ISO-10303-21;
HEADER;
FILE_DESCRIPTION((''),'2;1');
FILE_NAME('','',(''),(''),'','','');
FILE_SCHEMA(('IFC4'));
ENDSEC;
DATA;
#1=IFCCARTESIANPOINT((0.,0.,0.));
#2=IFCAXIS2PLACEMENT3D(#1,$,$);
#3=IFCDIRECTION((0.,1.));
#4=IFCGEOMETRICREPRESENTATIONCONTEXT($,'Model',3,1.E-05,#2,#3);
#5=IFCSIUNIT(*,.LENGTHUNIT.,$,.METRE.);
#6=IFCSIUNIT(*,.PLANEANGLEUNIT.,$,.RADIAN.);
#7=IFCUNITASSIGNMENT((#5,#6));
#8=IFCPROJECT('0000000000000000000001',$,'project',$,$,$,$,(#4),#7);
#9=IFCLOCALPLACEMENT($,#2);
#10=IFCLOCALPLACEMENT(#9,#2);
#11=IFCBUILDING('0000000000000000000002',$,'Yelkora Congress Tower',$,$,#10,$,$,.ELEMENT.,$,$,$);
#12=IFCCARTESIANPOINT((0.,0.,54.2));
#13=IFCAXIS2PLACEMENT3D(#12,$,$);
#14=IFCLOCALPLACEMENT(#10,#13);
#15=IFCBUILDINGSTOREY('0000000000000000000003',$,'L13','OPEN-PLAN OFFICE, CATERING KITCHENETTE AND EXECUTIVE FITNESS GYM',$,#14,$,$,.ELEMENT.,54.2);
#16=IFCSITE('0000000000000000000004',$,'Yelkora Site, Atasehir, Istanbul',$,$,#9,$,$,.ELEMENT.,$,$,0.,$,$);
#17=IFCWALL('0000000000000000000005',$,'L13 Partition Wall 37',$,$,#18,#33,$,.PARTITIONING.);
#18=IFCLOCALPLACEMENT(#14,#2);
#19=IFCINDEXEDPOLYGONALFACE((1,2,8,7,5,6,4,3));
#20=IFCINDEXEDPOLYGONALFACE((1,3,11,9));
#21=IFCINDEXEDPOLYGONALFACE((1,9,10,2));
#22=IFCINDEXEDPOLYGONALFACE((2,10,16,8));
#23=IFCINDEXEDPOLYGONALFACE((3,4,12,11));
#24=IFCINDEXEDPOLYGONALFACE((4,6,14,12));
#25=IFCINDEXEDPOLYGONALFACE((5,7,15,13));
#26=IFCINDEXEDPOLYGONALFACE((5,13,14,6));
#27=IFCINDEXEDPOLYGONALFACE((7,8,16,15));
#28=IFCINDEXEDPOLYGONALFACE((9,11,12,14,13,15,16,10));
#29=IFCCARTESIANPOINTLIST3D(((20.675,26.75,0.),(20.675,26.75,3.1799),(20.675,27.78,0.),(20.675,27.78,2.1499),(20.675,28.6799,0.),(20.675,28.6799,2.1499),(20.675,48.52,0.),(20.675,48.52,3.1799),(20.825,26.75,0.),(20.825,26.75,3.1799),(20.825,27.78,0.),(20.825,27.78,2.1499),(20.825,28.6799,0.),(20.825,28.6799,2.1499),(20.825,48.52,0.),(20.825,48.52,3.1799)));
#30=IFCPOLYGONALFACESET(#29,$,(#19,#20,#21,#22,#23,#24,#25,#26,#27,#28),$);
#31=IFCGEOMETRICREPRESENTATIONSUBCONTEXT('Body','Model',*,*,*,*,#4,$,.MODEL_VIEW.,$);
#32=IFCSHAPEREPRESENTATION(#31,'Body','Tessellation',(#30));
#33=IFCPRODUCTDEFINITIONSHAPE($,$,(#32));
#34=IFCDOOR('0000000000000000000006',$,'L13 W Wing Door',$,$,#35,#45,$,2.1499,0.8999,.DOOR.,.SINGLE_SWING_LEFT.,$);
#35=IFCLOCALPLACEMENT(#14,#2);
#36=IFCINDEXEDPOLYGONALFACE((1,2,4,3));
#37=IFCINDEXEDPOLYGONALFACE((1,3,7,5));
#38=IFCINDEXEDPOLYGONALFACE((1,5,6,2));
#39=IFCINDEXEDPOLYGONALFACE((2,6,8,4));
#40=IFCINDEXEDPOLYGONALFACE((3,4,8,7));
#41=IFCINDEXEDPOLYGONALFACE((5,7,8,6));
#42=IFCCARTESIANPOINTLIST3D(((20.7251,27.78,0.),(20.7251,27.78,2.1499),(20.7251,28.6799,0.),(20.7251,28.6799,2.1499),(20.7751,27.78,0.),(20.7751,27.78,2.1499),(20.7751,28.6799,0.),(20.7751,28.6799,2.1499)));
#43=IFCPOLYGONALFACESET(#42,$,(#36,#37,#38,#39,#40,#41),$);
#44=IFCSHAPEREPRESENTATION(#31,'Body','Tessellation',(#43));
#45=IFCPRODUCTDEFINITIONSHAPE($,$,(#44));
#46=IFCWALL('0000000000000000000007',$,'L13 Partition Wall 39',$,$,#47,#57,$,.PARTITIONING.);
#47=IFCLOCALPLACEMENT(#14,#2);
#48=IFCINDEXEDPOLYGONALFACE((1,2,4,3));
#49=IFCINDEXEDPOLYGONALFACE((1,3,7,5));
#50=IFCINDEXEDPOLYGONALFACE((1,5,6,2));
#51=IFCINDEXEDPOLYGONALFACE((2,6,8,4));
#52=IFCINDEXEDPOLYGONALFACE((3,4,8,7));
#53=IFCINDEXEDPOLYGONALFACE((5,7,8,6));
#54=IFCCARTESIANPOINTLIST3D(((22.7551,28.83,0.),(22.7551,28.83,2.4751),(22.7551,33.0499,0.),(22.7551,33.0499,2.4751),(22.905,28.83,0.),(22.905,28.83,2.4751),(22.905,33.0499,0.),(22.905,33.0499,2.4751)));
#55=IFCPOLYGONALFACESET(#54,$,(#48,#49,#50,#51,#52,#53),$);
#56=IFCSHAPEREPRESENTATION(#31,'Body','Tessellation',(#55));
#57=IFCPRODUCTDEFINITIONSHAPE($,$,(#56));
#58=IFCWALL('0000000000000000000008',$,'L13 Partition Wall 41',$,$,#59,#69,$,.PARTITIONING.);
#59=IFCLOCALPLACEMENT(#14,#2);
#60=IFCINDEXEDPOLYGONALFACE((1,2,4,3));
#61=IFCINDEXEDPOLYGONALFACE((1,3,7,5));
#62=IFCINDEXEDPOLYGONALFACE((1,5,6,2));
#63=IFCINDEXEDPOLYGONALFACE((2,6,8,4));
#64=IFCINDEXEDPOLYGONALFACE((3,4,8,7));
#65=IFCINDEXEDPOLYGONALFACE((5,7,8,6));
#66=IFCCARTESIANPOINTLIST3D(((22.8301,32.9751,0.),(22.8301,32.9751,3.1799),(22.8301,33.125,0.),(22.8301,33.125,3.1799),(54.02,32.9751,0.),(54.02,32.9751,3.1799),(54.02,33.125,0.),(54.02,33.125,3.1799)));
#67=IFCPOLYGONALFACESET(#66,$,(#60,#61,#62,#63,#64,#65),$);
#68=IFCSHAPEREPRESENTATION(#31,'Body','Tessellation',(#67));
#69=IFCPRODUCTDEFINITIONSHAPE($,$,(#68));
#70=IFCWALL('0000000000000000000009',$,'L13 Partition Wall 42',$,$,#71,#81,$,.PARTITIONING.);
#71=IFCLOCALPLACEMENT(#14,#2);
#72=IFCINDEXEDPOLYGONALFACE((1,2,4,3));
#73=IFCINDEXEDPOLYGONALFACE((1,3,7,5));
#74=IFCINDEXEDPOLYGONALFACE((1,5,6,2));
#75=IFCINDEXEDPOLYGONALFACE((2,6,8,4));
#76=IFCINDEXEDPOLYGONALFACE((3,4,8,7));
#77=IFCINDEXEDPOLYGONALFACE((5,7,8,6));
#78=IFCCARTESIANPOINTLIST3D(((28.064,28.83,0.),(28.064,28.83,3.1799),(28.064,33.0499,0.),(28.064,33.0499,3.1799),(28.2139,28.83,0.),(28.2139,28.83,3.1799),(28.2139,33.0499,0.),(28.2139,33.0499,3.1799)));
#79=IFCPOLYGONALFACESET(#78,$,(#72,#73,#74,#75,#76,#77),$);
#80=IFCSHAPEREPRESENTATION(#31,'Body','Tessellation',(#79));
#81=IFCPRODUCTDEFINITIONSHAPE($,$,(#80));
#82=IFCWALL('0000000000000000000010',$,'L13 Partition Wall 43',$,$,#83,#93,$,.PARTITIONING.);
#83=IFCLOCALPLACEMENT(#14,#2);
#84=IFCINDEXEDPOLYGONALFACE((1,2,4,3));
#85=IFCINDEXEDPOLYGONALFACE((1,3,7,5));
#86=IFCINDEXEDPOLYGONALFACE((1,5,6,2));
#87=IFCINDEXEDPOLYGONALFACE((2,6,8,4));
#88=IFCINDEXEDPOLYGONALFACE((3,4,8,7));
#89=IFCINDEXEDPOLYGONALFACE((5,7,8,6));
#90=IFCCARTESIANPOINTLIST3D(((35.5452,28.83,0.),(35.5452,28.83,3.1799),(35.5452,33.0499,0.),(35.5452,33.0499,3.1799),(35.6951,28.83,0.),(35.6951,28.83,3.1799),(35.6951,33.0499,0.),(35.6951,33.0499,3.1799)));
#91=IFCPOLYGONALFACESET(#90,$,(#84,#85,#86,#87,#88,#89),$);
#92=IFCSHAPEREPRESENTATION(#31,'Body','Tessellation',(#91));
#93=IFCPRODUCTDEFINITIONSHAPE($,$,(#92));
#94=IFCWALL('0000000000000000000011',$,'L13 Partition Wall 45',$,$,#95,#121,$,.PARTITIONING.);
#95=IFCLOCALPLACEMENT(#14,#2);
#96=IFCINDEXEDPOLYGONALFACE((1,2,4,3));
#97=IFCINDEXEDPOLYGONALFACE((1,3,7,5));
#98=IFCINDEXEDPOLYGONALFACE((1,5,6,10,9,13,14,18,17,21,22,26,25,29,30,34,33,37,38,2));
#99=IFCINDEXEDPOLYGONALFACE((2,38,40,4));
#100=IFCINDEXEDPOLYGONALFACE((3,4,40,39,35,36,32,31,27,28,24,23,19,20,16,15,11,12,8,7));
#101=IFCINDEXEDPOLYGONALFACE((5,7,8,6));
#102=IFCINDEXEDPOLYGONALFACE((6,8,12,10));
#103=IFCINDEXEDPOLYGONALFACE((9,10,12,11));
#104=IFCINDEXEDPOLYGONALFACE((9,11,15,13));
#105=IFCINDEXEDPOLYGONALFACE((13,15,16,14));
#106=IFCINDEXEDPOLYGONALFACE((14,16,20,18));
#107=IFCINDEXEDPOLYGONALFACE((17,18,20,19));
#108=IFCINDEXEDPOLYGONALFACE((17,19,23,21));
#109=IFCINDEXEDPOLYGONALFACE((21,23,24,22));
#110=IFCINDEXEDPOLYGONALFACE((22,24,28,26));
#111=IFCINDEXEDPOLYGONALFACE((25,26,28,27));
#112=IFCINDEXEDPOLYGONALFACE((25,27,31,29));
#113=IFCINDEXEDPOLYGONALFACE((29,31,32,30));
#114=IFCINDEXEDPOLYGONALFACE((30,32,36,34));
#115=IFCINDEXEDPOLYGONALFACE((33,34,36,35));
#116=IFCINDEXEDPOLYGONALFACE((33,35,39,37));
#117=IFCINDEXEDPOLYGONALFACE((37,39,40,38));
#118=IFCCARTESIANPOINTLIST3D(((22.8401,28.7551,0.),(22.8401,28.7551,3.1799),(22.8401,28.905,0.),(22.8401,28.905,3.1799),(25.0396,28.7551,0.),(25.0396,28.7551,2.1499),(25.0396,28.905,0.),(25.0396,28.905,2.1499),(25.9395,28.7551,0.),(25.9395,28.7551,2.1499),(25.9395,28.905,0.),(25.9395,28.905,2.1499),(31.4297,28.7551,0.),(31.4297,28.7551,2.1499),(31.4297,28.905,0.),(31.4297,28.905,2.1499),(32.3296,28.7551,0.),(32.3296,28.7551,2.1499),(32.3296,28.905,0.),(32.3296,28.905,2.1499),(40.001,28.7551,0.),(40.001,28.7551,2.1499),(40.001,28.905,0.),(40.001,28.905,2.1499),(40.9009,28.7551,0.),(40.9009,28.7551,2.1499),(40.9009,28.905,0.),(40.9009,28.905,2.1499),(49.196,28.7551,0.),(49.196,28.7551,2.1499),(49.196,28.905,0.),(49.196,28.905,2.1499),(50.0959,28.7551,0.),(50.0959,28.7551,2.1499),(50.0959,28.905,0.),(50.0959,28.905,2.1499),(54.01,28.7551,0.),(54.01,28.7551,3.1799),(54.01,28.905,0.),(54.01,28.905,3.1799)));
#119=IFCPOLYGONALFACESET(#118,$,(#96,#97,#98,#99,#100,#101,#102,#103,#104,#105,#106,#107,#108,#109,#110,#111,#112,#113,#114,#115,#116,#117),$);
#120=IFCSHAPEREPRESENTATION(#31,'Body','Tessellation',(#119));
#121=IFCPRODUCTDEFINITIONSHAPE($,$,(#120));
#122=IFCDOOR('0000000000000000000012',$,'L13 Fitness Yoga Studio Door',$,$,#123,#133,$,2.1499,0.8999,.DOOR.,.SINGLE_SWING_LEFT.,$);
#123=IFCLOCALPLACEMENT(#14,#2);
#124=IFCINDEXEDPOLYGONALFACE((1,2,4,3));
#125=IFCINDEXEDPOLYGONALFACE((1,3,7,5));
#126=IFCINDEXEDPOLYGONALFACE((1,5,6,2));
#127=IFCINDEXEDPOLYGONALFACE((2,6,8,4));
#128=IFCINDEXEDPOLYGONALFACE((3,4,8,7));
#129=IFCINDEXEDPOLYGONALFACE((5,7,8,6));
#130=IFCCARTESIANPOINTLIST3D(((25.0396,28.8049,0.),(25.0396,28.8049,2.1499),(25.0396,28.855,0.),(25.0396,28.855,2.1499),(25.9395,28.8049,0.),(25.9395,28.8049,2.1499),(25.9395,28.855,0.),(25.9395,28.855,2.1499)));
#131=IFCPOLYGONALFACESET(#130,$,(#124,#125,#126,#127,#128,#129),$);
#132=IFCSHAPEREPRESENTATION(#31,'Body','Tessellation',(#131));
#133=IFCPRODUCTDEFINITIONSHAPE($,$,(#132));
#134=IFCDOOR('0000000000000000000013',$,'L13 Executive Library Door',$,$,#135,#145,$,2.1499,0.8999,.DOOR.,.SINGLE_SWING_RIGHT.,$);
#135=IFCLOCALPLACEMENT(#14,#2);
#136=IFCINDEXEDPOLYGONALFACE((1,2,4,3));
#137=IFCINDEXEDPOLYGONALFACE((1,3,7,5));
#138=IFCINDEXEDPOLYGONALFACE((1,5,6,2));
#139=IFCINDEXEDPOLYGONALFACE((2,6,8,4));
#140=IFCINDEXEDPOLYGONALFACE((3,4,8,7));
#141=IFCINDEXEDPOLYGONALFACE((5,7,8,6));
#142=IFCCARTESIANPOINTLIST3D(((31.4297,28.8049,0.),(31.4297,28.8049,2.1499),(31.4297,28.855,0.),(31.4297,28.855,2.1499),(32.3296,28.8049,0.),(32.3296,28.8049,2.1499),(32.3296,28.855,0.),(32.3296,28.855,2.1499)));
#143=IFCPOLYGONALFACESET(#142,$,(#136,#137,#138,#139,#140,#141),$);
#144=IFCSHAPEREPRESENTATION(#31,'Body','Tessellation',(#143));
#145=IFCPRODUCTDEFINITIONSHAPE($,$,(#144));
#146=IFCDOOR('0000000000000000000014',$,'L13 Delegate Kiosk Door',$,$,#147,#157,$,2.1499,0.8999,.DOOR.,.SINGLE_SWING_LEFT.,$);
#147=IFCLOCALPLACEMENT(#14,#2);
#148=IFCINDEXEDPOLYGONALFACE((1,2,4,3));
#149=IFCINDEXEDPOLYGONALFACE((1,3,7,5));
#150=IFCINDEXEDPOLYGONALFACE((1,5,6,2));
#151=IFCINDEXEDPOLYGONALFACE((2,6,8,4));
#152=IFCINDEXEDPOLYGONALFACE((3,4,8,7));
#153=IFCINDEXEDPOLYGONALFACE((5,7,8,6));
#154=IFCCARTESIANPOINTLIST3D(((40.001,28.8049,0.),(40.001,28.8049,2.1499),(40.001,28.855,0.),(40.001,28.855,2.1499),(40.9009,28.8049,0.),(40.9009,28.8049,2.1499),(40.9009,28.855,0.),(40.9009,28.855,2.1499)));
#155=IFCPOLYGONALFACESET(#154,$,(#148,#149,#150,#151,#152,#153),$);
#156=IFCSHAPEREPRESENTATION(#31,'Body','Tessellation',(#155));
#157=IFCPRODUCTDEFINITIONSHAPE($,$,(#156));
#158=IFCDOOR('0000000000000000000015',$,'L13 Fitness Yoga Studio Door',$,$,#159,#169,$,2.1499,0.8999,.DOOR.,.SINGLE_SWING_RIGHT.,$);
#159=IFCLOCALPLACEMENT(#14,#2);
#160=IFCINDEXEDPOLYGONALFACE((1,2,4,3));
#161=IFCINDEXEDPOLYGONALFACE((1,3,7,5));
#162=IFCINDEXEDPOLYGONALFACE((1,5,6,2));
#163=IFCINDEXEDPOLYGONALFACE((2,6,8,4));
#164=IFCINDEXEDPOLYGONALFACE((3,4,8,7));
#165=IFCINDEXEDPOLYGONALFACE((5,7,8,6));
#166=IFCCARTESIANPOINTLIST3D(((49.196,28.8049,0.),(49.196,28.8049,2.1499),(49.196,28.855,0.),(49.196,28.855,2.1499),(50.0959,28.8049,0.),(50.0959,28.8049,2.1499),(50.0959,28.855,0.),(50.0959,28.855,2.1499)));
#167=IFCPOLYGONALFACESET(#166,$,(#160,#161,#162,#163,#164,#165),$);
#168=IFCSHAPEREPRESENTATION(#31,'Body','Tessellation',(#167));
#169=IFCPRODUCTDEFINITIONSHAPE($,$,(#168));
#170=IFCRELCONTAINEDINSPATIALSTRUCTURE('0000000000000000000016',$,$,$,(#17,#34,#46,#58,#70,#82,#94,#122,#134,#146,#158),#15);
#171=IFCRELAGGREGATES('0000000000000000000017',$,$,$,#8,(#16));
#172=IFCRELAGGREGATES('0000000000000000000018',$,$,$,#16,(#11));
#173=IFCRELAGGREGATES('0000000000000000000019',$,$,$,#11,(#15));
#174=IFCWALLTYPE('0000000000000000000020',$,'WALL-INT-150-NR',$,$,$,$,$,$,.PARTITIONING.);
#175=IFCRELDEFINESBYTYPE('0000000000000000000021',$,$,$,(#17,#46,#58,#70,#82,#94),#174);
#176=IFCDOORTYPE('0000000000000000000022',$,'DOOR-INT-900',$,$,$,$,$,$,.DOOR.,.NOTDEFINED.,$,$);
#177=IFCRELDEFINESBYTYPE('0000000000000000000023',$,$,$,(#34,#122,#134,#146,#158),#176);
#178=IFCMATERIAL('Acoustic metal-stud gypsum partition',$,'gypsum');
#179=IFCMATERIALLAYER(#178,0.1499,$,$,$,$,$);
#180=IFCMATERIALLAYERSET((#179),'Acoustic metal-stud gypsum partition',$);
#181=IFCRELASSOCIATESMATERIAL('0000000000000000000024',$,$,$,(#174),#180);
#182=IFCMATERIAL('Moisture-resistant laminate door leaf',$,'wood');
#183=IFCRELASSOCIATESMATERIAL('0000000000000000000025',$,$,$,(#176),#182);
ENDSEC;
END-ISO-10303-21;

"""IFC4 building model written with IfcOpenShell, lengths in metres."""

from ifc_helpers import new_model, si_unit, direction, frame, frame_2d, origin, place, context, subcontext, project, spatial, rectangle, extrude, material, layer, layer_set, type_object, element, fill, save


model = new_model("IFC4")

# Units and contexts
model_context = context("Model", 3, precision=1e-05, world=origin(), true_north=direction((0.0, 1.0)))
body_context = subcontext(model_context, "Body", "Model", "MODEL_VIEW")
ifc_project = project(units=[si_unit("LENGTHUNIT", "METRE"), si_unit("PLANEANGLEUNIT", "RADIAN")], contexts=[model_context])

# Site, building, storey
site_placement = place(None, origin())
site = spatial("IfcSite", under=ifc_project, at=site_placement, Name="Yelkora Site, Atasehir, Istanbul", CompositionType="ELEMENT", RefElevation=0.0)
building_placement = place(site_placement, origin())
building = spatial("IfcBuilding", under=site, at=building_placement, Name="Yelkora Congress Tower", CompositionType="ELEMENT")
storey_placement = place(building_placement, frame((0.0, 0.0, 54.2)))
storey = spatial("IfcBuildingStorey", under=building, at=storey_placement, Name="L13", Description="OPEN-PLAN OFFICE, CATERING KITCHENETTE AND EXECUTIVE FITNESS GYM", CompositionType="ELEMENT", Elevation=54.2)

# Wall, opening, door
ifc_material_1 = material(Name="Acoustic metal-stud gypsum partition", Category="gypsum")
ifc_layer = layer(ifc_material_1, 0.1499)
ifc_layer_set = layer_set([ifc_layer], Name="Acoustic metal-stud gypsum partition")
wall_type = type_object("IfcWallType", Name="WALL-INT-150-NR", PredefinedType="PARTITIONING", material=ifc_layer_set)
wall_1_placement = place(storey_placement, frame((20.75, 26.75, 0.0), z_axis=(0.0, 0.0, 1.0), x_axis=(0.0, 1.0, 0.0)))
wall_1 = element("IfcWall", 1, at=wall_1_placement, inside=storey, type_object=wall_type, Name="L13 Partition Wall 37", PredefinedType="PARTITIONING", context=body_context, shape_type="SweptSolid", body=[
    extrude(rectangle(XDim=21.77, YDim=0.1499, at=frame_2d((10.885, 0.0))), origin(), (0.0, 0.0, 1.0), 3.1799),
])
opening_1_placement = place(wall_1_placement, frame((1.03, 0.0, 0.0)))
opening_1 = element("IfcOpeningElement", 2, at=opening_1_placement, cuts=wall_1, PredefinedType="OPENING", context=body_context, shape_type="SweptSolid", body=[
    extrude(rectangle(XDim=0.8999, YDim=2.1499, at=frame_2d((0.45, 1.075))), frame((0.0, 0.085, 0.0), z_axis=(0.0, -1.0, 0.0), x_axis=(1.0, 0.0, 0.0)), (0.0, 0.0, 1.0), 0.1699),
])
ifc_material_2 = material(Name="Moisture-resistant laminate door leaf", Category="wood")
door_type = type_object("IfcDoorType", Name="DOOR-INT-900", OperationType="NOTDEFINED", PredefinedType="DOOR", material=ifc_material_2)
door_1_placement = place(opening_1_placement, origin())
door_1 = element("IfcDoor", 3, at=door_1_placement, inside=storey, type_object=door_type, Name="L13 W Wing Door", OperationType="SINGLE_SWING_LEFT", OverallHeight=2.1499, OverallWidth=0.8999, PredefinedType="DOOR", context=body_context, shape_type="SweptSolid", body=[
    extrude(rectangle(XDim=0.8999, YDim=2.1499, at=frame_2d((0.45, 1.075))), frame((0.0, 0.0249, 0.0), z_axis=(0.0, -1.0, 0.0), x_axis=(1.0, 0.0, 0.0)), (0.0, 0.0, 1.0), 0.05),
])
fill(opening_1, door_1)

# Walls
wall_2_placement = place(storey_placement, frame((22.8301, 28.8301, 0.0), z_axis=(0.0, 0.0, 1.0), x_axis=(0.0, 1.0, 0.0)))
element("IfcWall", 4, at=wall_2_placement, inside=storey, type_object=wall_type, Name="L13 Partition Wall 39", PredefinedType="PARTITIONING", context=body_context, shape_type="SweptSolid", body=[
    extrude(rectangle(XDim=4.22, YDim=0.1499, at=frame_2d((2.1099, 0.0))), origin(), (0.0, 0.0, 1.0), 2.4751),
])
wall_3_placement = place(storey_placement, frame((22.8301, 33.05, 0.0), z_axis=(0.0, 0.0, 1.0), x_axis=(1.0, 0.0, 0.0)))
element("IfcWall", 5, at=wall_3_placement, inside=storey, type_object=wall_type, Name="L13 Partition Wall 41", PredefinedType="PARTITIONING", context=body_context, shape_type="SweptSolid", body=[
    extrude(rectangle(XDim=31.1899, YDim=0.1499, at=frame_2d((15.595, 0.0))), origin(), (0.0, 0.0, 1.0), 3.1799),
])
for number, where, z_axis, x_axis, name in (
    (6, (28.1389, 28.8301, 0.0), (0.0, 0.0, 1.0), (0.0, 1.0, 0.0), "L13 Partition Wall 42"),
    (7, (35.6201, 28.8301, 0.0), (0.0, 0.0, 1.0), (0.0, 1.0, 0.0), "L13 Partition Wall 43"),
):
    element("IfcWall", number, at=place(storey_placement, frame(where, z_axis=z_axis, x_axis=x_axis)), inside=storey, type_object=wall_type, Name=name, PredefinedType="PARTITIONING", context=body_context, shape_type="SweptSolid", body=[
        extrude(rectangle(XDim=4.22, YDim=0.1499, at=frame_2d((2.1099, 0.0))), origin(), (0.0, 0.0, 1.0), 3.1799),
    ])

# Wall, openings, doors
wall_4_placement = place(storey_placement, frame((22.8401, 28.8301, 0.0), z_axis=(0.0, 0.0, 1.0), x_axis=(1.0, 0.0, 0.0)))
wall_4 = element("IfcWall", 8, at=wall_4_placement, inside=storey, type_object=wall_type, Name="L13 Partition Wall 45", PredefinedType="PARTITIONING", context=body_context, shape_type="SweptSolid", body=[
    extrude(rectangle(XDim=31.1699, YDim=0.1499, at=frame_2d((15.585, 0.0))), origin(), (0.0, 0.0, 1.0), 3.1799),
])
opening_2_placement = place(wall_4_placement, frame((2.1995, 0.0, 0.0)))
opening_2 = element("IfcOpeningElement", 9, at=opening_2_placement, cuts=wall_4, PredefinedType="OPENING", context=body_context, shape_type="SweptSolid", body=[
    extrude(rectangle(XDim=0.8999, YDim=2.1499, at=frame_2d((0.45, 1.075))), frame((0.0, 0.085, 0.0), z_axis=(0.0, -1.0, 0.0), x_axis=(1.0, 0.0, 0.0)), (0.0, 0.0, 1.0), 0.1699),
])
opening_3_placement = place(wall_4_placement, frame((8.5896, 0.0, 0.0)))
opening_3 = element("IfcOpeningElement", 10, at=opening_3_placement, cuts=wall_4, PredefinedType="OPENING", context=body_context, shape_type="SweptSolid", body=[
    extrude(rectangle(XDim=0.8999, YDim=2.1499, at=frame_2d((0.45, 1.075))), frame((0.0, 0.085, 0.0), z_axis=(0.0, -1.0, 0.0), x_axis=(1.0, 0.0, 0.0)), (0.0, 0.0, 1.0), 0.1699),
])
opening_4_placement = place(wall_4_placement, frame((17.1609, 0.0, 0.0)))
opening_4 = element("IfcOpeningElement", 11, at=opening_4_placement, cuts=wall_4, PredefinedType="OPENING", context=body_context, shape_type="SweptSolid", body=[
    extrude(rectangle(XDim=0.8999, YDim=2.1499, at=frame_2d((0.45, 1.075))), frame((0.0, 0.085, 0.0), z_axis=(0.0, -1.0, 0.0), x_axis=(1.0, 0.0, 0.0)), (0.0, 0.0, 1.0), 0.1699),
])
opening_5_placement = place(wall_4_placement, frame((26.356, 0.0, 0.0)))
opening_5 = element("IfcOpeningElement", 12, at=opening_5_placement, cuts=wall_4, PredefinedType="OPENING", context=body_context, shape_type="SweptSolid", body=[
    extrude(rectangle(XDim=0.8999, YDim=2.1499, at=frame_2d((0.45, 1.075))), frame((0.0, 0.085, 0.0), z_axis=(0.0, -1.0, 0.0), x_axis=(1.0, 0.0, 0.0)), (0.0, 0.0, 1.0), 0.1699),
])
door_2_placement = place(opening_2_placement, origin())
door_2 = element("IfcDoor", 13, at=door_2_placement, inside=storey, type_object=door_type, Name="L13 Fitness Yoga Studio Door", OperationType="SINGLE_SWING_LEFT", OverallHeight=2.1499, OverallWidth=0.8999, PredefinedType="DOOR", context=body_context, shape_type="SweptSolid", body=[
    extrude(rectangle(XDim=0.8999, YDim=2.1499, at=frame_2d((0.45, 1.075))), frame((0.0, 0.0249, 0.0), z_axis=(0.0, -1.0, 0.0), x_axis=(1.0, 0.0, 0.0)), (0.0, 0.0, 1.0), 0.05),
])
fill(opening_2, door_2)
door_3_placement = place(opening_3_placement, origin())
door_3 = element("IfcDoor", 14, at=door_3_placement, inside=storey, type_object=door_type, Name="L13 Executive Library Door", OperationType="SINGLE_SWING_RIGHT", OverallHeight=2.1499, OverallWidth=0.8999, PredefinedType="DOOR", context=body_context, shape_type="SweptSolid", body=[
    extrude(rectangle(XDim=0.8999, YDim=2.1499, at=frame_2d((0.45, 1.075))), frame((0.0, 0.0249, 0.0), z_axis=(0.0, -1.0, 0.0), x_axis=(1.0, 0.0, 0.0)), (0.0, 0.0, 1.0), 0.05),
])
fill(opening_3, door_3)
door_4_placement = place(opening_4_placement, origin())
door_4 = element("IfcDoor", 15, at=door_4_placement, inside=storey, type_object=door_type, Name="L13 Delegate Kiosk Door", OperationType="SINGLE_SWING_LEFT", OverallHeight=2.1499, OverallWidth=0.8999, PredefinedType="DOOR", context=body_context, shape_type="SweptSolid", body=[
    extrude(rectangle(XDim=0.8999, YDim=2.1499, at=frame_2d((0.45, 1.075))), frame((0.0, 0.0249, 0.0), z_axis=(0.0, -1.0, 0.0), x_axis=(1.0, 0.0, 0.0)), (0.0, 0.0, 1.0), 0.05),
])
fill(opening_4, door_4)
door_5_placement = place(opening_5_placement, origin())
door_5 = element("IfcDoor", 16, at=door_5_placement, inside=storey, type_object=door_type, Name="L13 Fitness Yoga Studio Door", OperationType="SINGLE_SWING_RIGHT", OverallHeight=2.1499, OverallWidth=0.8999, PredefinedType="DOOR", context=body_context, shape_type="SweptSolid", body=[
    extrude(rectangle(XDim=0.8999, YDim=2.1499, at=frame_2d((0.45, 1.075))), frame((0.0, 0.0249, 0.0), z_axis=(0.0, -1.0, 0.0), x_axis=(1.0, 0.0, 0.0)), (0.0, 0.0, 1.0), 0.05),
])
fill(opening_5, door_5)

save(model, "model.ifc")
